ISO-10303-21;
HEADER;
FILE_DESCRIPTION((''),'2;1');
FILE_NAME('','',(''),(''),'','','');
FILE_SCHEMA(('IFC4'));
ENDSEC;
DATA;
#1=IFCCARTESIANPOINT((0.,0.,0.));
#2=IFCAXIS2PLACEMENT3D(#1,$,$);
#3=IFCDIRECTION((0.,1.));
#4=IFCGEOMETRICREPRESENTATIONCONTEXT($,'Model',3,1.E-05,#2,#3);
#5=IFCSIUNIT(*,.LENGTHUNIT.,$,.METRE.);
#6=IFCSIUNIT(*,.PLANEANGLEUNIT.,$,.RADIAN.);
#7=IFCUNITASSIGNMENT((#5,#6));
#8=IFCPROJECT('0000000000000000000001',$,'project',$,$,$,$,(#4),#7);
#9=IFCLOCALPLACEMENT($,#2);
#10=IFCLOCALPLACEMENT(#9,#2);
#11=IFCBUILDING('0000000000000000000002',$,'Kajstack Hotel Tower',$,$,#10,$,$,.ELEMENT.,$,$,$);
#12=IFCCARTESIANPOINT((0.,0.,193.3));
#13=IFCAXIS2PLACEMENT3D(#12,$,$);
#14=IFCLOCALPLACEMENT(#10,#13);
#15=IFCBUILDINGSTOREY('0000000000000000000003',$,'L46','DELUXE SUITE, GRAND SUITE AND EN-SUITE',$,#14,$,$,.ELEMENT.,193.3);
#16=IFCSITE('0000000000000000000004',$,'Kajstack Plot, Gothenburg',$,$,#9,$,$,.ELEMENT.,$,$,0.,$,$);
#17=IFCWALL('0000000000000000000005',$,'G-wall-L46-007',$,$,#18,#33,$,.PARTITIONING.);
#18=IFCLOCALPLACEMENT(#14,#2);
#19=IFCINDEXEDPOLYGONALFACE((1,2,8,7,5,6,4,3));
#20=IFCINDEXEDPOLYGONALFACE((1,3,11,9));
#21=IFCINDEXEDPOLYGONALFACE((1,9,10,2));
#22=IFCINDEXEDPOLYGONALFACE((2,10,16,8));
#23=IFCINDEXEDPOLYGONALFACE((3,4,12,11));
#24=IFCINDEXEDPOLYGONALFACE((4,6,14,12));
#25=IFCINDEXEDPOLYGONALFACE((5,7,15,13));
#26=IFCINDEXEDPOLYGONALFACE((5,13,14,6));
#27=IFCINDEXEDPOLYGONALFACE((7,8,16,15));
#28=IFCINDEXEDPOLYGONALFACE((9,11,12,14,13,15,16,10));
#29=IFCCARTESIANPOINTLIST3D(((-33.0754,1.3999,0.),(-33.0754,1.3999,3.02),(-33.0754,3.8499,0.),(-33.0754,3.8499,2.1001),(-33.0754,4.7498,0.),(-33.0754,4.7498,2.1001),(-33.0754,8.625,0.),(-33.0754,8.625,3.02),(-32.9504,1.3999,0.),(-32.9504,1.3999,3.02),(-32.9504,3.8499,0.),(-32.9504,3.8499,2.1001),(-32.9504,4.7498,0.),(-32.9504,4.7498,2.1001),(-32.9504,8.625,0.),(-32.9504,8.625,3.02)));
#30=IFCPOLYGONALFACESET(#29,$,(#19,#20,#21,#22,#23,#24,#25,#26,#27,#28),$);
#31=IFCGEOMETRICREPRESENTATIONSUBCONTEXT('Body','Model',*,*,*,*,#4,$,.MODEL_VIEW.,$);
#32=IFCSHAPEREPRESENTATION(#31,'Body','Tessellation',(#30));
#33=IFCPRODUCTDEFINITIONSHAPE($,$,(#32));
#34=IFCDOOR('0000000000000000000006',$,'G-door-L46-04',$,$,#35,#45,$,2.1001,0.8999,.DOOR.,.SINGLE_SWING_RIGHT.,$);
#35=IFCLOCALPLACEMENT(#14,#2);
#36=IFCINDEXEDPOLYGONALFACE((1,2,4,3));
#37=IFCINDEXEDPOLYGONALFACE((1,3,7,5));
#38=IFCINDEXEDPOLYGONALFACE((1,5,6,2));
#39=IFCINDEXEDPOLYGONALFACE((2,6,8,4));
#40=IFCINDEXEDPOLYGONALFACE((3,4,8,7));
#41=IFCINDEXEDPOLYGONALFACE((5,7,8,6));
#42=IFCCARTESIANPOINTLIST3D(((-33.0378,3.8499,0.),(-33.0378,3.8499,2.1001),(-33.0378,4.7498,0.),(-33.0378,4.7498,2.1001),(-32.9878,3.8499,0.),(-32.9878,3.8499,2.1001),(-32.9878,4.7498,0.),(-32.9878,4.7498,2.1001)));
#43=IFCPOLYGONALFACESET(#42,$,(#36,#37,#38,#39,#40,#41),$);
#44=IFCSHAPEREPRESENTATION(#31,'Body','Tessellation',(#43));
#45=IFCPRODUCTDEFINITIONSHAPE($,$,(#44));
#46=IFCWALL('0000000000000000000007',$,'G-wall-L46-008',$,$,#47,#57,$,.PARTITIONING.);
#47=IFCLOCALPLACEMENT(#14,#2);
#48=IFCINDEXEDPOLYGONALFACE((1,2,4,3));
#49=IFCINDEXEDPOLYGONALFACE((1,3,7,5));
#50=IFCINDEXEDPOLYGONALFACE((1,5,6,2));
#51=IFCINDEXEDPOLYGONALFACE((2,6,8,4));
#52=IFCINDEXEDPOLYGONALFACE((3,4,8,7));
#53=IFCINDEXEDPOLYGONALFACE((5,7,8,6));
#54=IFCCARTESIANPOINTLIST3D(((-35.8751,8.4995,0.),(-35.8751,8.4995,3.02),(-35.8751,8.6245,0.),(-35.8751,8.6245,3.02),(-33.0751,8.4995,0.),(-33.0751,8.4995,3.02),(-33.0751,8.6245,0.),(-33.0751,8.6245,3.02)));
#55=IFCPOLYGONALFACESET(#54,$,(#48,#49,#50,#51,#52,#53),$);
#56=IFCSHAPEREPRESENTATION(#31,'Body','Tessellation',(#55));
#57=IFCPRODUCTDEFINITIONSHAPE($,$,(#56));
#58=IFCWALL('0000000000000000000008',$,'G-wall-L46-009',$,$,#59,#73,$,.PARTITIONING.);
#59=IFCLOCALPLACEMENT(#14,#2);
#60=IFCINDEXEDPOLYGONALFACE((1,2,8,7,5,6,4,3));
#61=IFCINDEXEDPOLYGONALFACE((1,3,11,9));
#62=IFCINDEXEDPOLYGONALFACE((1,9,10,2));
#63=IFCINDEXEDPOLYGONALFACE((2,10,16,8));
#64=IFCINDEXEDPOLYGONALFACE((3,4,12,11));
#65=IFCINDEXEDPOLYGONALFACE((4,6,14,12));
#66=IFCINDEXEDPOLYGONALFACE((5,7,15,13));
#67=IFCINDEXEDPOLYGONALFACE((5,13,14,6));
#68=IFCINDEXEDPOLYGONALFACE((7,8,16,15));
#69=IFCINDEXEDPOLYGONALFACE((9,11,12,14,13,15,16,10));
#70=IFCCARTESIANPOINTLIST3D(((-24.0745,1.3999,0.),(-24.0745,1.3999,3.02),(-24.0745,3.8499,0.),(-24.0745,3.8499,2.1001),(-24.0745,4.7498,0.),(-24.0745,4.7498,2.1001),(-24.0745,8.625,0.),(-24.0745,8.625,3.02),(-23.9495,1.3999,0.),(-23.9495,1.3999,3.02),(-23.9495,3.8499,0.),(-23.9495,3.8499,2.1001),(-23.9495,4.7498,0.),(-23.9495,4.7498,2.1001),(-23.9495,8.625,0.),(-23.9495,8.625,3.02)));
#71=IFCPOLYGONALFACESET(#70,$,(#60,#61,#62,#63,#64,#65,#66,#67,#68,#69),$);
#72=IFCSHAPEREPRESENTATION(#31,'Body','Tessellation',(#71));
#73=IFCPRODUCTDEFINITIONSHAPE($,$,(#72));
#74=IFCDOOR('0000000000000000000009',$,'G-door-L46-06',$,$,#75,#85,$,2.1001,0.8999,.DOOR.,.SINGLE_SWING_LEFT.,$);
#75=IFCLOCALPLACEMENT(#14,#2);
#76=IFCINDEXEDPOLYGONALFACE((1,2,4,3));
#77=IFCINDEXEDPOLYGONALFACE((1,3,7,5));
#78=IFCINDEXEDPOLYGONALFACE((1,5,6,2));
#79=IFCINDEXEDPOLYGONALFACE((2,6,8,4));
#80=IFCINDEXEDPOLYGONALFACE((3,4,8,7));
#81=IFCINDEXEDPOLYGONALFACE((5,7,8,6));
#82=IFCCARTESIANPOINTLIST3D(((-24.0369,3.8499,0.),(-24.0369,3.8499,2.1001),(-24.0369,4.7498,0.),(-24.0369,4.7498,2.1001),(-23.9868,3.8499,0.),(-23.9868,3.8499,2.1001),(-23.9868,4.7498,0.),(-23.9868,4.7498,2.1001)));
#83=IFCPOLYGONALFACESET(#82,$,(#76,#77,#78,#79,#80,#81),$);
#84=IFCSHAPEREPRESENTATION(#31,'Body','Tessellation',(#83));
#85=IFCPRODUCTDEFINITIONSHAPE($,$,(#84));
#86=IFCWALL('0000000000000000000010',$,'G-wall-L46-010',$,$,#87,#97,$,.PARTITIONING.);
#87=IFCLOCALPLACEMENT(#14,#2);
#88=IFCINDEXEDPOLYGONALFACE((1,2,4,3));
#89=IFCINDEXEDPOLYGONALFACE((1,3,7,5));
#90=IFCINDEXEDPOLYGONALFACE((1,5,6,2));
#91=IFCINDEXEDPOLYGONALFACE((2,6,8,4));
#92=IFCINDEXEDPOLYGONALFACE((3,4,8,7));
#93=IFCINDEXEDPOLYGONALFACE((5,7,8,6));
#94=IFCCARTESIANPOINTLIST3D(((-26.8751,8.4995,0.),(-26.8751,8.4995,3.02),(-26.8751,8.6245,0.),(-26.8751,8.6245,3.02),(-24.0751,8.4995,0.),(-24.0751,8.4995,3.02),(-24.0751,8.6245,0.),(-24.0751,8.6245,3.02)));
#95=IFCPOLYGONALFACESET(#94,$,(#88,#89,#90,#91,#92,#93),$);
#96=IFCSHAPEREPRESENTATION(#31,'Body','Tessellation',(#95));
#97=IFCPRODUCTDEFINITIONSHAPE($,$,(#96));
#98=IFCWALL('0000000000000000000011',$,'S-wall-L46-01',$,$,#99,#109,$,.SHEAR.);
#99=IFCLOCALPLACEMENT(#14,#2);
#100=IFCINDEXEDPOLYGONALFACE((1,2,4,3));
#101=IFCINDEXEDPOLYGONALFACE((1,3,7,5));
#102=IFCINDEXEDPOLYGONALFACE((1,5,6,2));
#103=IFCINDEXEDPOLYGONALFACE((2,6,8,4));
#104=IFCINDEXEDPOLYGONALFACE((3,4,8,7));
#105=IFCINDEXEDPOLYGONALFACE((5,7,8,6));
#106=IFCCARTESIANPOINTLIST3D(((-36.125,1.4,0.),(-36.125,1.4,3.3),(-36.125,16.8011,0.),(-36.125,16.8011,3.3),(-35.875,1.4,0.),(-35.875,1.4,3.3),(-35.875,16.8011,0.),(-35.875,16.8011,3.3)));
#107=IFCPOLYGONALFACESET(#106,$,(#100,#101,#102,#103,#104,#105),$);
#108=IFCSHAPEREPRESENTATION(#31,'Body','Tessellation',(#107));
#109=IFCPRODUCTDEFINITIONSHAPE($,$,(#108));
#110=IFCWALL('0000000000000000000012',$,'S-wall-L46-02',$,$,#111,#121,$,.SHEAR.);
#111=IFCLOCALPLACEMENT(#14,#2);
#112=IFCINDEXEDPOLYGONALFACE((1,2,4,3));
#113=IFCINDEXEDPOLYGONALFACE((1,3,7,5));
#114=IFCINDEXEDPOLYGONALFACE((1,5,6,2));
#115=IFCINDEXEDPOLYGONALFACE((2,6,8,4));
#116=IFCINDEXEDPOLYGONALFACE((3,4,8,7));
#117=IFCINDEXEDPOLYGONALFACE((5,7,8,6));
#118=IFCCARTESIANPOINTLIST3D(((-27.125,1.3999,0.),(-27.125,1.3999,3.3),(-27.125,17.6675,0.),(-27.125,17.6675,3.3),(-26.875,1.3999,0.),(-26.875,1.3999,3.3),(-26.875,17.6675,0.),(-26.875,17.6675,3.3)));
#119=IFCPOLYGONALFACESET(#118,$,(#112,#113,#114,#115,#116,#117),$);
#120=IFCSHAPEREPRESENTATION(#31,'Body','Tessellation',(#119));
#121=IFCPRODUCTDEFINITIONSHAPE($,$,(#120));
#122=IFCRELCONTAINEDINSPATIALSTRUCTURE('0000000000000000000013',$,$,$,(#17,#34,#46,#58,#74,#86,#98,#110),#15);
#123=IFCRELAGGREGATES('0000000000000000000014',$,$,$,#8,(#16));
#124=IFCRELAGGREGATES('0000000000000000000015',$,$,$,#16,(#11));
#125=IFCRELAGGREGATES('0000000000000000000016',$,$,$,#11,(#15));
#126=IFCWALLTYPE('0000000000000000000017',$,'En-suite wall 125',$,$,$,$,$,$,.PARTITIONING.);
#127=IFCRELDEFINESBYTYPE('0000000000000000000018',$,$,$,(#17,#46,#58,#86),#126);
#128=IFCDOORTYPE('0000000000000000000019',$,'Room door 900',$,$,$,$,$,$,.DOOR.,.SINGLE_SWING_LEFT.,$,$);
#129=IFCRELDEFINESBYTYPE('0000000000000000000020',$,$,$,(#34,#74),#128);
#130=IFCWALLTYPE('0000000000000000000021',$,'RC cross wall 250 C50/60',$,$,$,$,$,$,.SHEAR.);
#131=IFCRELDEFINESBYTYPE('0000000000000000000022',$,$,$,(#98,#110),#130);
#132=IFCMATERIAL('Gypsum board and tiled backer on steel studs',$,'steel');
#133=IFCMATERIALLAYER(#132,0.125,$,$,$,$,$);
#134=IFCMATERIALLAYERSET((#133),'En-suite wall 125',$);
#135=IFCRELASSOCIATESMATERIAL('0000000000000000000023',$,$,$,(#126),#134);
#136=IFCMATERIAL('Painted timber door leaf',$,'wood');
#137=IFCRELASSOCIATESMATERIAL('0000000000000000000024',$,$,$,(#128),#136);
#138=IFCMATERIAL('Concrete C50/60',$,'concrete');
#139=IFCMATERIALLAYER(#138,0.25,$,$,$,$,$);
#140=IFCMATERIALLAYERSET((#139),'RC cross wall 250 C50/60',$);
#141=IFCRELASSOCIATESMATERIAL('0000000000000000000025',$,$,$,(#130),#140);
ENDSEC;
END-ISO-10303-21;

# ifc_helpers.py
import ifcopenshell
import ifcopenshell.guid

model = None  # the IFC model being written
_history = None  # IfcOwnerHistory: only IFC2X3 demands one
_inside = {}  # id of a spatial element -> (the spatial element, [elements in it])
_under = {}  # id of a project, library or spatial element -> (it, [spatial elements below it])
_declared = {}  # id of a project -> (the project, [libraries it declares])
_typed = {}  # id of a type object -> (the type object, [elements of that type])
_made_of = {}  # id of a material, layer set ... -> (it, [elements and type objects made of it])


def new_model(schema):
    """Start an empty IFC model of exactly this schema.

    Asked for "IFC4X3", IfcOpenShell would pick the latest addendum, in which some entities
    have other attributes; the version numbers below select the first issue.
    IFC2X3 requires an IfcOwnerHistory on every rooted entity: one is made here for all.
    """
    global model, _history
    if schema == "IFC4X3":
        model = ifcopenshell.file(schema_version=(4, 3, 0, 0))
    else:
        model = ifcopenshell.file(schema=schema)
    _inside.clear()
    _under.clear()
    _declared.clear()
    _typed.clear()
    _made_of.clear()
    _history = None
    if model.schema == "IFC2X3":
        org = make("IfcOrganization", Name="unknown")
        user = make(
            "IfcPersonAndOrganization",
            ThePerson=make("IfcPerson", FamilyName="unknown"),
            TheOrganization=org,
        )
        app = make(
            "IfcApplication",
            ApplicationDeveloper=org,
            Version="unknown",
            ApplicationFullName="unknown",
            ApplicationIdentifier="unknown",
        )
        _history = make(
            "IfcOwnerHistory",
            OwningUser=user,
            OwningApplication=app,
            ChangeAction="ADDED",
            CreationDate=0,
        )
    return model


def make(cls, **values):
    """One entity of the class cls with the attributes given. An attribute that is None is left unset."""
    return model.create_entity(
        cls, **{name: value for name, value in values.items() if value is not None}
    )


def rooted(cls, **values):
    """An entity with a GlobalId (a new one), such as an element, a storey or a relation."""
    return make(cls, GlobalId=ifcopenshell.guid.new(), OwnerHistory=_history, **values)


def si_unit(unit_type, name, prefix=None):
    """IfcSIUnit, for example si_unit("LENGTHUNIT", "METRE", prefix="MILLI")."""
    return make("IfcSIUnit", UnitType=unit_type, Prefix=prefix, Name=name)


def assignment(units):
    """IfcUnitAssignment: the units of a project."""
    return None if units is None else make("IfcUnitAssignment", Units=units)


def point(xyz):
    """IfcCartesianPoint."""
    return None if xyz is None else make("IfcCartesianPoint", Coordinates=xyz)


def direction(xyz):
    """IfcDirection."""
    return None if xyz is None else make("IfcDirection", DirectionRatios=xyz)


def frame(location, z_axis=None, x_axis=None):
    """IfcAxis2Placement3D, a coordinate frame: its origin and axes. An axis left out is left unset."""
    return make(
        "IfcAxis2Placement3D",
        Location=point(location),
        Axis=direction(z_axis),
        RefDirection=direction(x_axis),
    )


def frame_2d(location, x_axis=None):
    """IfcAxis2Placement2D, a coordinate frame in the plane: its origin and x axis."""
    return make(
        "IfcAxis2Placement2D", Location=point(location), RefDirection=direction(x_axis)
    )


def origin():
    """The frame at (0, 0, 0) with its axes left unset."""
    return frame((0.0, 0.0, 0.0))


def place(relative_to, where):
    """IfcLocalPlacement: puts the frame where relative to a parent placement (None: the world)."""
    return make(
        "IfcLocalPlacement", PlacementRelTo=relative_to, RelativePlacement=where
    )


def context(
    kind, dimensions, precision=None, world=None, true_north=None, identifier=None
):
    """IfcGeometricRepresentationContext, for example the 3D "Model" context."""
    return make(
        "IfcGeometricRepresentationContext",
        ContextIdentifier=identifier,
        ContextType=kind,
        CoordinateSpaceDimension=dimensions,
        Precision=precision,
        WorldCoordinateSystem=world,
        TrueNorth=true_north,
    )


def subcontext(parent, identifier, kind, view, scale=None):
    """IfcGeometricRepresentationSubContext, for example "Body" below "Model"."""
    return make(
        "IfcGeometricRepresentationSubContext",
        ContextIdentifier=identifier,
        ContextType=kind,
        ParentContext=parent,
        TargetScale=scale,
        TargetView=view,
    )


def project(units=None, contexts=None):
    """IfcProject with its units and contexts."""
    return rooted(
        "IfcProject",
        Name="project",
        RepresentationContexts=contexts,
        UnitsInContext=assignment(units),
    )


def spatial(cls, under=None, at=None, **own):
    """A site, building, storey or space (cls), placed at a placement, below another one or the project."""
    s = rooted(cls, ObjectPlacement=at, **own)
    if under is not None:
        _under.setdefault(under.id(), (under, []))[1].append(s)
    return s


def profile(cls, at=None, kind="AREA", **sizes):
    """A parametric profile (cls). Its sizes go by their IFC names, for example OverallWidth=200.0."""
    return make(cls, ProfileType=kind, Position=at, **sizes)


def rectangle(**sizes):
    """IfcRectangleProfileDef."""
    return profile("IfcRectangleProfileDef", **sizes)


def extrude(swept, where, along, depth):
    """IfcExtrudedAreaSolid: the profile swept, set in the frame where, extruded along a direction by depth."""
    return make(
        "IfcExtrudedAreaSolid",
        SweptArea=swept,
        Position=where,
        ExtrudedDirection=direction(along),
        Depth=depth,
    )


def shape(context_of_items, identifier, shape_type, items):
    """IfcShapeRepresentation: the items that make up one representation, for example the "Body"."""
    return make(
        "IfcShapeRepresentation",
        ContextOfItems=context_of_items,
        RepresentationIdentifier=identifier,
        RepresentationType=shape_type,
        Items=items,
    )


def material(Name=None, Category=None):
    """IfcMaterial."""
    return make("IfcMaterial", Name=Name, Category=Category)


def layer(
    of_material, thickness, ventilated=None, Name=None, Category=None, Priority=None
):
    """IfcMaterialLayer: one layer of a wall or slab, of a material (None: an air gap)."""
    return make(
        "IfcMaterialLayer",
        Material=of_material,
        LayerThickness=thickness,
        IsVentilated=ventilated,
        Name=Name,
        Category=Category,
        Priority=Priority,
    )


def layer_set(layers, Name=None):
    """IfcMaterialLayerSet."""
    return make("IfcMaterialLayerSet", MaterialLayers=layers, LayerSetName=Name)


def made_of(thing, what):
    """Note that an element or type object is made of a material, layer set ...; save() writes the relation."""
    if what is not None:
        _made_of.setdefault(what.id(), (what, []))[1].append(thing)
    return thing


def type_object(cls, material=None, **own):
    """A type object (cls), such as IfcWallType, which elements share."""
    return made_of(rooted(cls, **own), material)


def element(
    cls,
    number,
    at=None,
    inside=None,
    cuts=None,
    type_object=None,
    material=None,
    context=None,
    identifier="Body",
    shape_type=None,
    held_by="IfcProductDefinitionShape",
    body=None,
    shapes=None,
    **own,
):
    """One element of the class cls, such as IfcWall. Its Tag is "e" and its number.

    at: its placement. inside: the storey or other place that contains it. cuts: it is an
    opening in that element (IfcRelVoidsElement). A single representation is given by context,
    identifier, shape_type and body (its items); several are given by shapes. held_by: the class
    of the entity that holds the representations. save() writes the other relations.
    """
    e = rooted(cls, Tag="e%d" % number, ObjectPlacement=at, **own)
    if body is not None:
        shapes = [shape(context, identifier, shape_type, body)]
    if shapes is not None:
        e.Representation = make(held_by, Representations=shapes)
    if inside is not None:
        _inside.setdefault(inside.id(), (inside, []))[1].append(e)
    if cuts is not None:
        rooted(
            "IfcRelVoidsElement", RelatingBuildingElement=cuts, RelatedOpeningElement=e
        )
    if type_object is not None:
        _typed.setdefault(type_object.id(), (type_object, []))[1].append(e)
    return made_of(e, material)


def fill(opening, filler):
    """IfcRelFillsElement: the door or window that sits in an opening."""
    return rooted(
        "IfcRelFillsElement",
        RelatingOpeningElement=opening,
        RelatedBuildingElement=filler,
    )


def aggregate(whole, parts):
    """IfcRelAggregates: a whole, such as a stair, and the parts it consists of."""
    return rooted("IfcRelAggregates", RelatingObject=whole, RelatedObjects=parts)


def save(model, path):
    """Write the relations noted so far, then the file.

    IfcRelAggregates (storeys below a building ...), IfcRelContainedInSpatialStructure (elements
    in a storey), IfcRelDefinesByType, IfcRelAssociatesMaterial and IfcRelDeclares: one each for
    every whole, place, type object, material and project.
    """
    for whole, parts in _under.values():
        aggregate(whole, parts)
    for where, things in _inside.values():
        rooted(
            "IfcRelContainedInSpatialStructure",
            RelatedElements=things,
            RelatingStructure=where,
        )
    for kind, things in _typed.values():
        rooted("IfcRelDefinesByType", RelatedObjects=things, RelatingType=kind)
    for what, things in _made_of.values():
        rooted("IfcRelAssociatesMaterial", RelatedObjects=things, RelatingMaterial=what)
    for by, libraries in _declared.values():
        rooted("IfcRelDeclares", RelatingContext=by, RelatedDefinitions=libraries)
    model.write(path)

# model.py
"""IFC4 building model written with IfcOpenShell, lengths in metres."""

from ifc_helpers import new_model, si_unit, direction, frame, frame_2d, origin, place, context, subcontext, project, spatial, rectangle, extrude, material, layer, layer_set, type_object, element, fill, save


model = new_model("IFC4")

# Units and contexts
model_context = context("Model", 3, precision=1e-05, world=origin(), true_north=direction((0.0, 1.0)))
body_context = subcontext(model_context, "Body", "Model", "MODEL_VIEW")
ifc_project = project(units=[si_unit("LENGTHUNIT", "METRE"), si_unit("PLANEANGLEUNIT", "RADIAN")], contexts=[model_context])

# Site, building, storey
site_placement = place(None, origin())
site = spatial("IfcSite", under=ifc_project, at=site_placement, Name="Kajstack Plot, Gothenburg", CompositionType="ELEMENT", RefElevation=0.0)
building_placement = place(site_placement, origin())
building = spatial("IfcBuilding", under=site, at=building_placement, Name="Kajstack Hotel Tower", CompositionType="ELEMENT")
storey_placement = place(building_placement, frame((0.0, 0.0, 193.3)))
storey = spatial("IfcBuildingStorey", under=building, at=storey_placement, Name="L46", Description="DELUXE SUITE, GRAND SUITE AND EN-SUITE", CompositionType="ELEMENT", Elevation=193.3)

# Shared definitions
ifc_material_1 = material(Name="Gypsum board and tiled backer on steel studs", Category="steel")
ifc_layer_1 = layer(ifc_material_1, 0.125)
ifc_layer_set_1 = layer_set([ifc_layer_1], Name="En-suite wall 125")
wall_type_1 = type_object("IfcWallType", Name="En-suite wall 125", PredefinedType="PARTITIONING", material=ifc_layer_set_1)

# Wall, opening, door
wall_1_placement = place(storey_placement, frame((-33.0129, 1.3999, 0.0), z_axis=(0.0, 0.0, 1.0), x_axis=(0.0, 1.0, 0.0)))
wall_1 = element("IfcWall", 1, at=wall_1_placement, inside=storey, type_object=wall_type_1, Name="G-wall-L46-007", PredefinedType="PARTITIONING", context=body_context, shape_type="SweptSolid", body=[
    extrude(rectangle(XDim=7.2251, YDim=0.125, at=frame_2d((3.6125, 0.0))), origin(), (0.0, 0.0, 1.0), 3.02),
])
opening_1_placement = place(wall_1_placement, frame((2.45, 0.0, 0.0)))
opening_1 = element("IfcOpeningElement", 2, at=opening_1_placement, cuts=wall_1, PredefinedType="OPENING", context=body_context, shape_type="SweptSolid", body=[
    extrude(rectangle(XDim=0.8999, YDim=2.1001, at=frame_2d((0.45, 1.05))), frame((0.0, 0.0725, 0.0), z_axis=(0.0, -1.0, 0.0), x_axis=(1.0, 0.0, 0.0)), (0.0, 0.0, 1.0), 0.145),
])
ifc_material_2 = material(Name="Painted timber door leaf", Category="wood")
door_type = type_object("IfcDoorType", Name="Room door 900", OperationType="SINGLE_SWING_LEFT", PredefinedType="DOOR", material=ifc_material_2)
door_1_placement = place(opening_1_placement, origin())
door_1 = element("IfcDoor", 3, at=door_1_placement, inside=storey, type_object=door_type, Name="G-door-L46-04", OperationType="SINGLE_SWING_RIGHT", OverallHeight=2.1001, OverallWidth=0.8999, PredefinedType="DOOR", context=body_context, shape_type="SweptSolid", body=[
    extrude(rectangle(XDim=0.8999, YDim=2.1001, at=frame_2d((0.45, 1.05))), frame((0.0, 0.0249, 0.0), z_axis=(0.0, -1.0, 0.0), x_axis=(1.0, 0.0, 0.0)), (0.0, 0.0, 1.0), 0.05),
])
fill(opening_1, door_1)

# Wall
wall_2_placement = place(storey_placement, frame((-35.875, 8.562, 0.0), z_axis=(0.0, 0.0, 1.0), x_axis=(1.0, 0.0, 0.0)))
element("IfcWall", 4, at=wall_2_placement, inside=storey, type_object=wall_type_1, Name="G-wall-L46-008", PredefinedType="PARTITIONING", context=body_context, shape_type="SweptSolid", body=[
    extrude(rectangle(XDim=2.8, YDim=0.125, at=frame_2d((1.3999, 0.0))), origin(), (0.0, 0.0, 1.0), 3.02),
])

# Wall, opening, door
wall_3_placement = place(storey_placement, frame((-24.012, 1.3999, 0.0), z_axis=(0.0, 0.0, 1.0), x_axis=(0.0, 1.0, 0.0)))
wall_3 = element("IfcWall", 5, at=wall_3_placement, inside=storey, type_object=wall_type_1, Name="G-wall-L46-009", PredefinedType="PARTITIONING", context=body_context, shape_type="SweptSolid", body=[
    extrude(rectangle(XDim=7.2251, YDim=0.125, at=frame_2d((3.6125, 0.0))), origin(), (0.0, 0.0, 1.0), 3.02),
])
opening_2_placement = place(wall_3_placement, frame((2.45, 0.0, 0.0)))
opening_2 = element("IfcOpeningElement", 6, at=opening_2_placement, cuts=wall_3, PredefinedType="OPENING", context=body_context, shape_type="SweptSolid", body=[
    extrude(rectangle(XDim=0.8999, YDim=2.1001, at=frame_2d((0.45, 1.05))), frame((0.0, 0.0725, 0.0), z_axis=(0.0, -1.0, 0.0), x_axis=(1.0, 0.0, 0.0)), (0.0, 0.0, 1.0), 0.145),
])
door_2_placement = place(opening_2_placement, origin())
door_2 = element("IfcDoor", 7, at=door_2_placement, inside=storey, type_object=door_type, Name="G-door-L46-06", OperationType="SINGLE_SWING_LEFT", OverallHeight=2.1001, OverallWidth=0.8999, PredefinedType="DOOR", context=body_context, shape_type="SweptSolid", body=[
    extrude(rectangle(XDim=0.8999, YDim=2.1001, at=frame_2d((0.45, 1.05))), frame((0.0, 0.0249, 0.0), z_axis=(0.0, -1.0, 0.0), x_axis=(1.0, 0.0, 0.0)), (0.0, 0.0, 1.0), 0.05),
])
fill(opening_2, door_2)

# Walls
wall_4_placement = place(storey_placement, frame((-26.875, 8.562, 0.0), z_axis=(0.0, 0.0, 1.0), x_axis=(1.0, 0.0, 0.0)))
element("IfcWall", 8, at=wall_4_placement, inside=storey, type_object=wall_type_1, Name="G-wall-L46-010", PredefinedType="PARTITIONING", context=body_context, shape_type="SweptSolid", body=[
    extrude(rectangle(XDim=2.8, YDim=0.125, at=frame_2d((1.3999, 0.0))), origin(), (0.0, 0.0, 1.0), 3.02),
])
ifc_material_3 = material(Name="Concrete C50/60", Category="concrete")
ifc_layer_2 = layer(ifc_material_3, 0.25)
ifc_layer_set_2 = layer_set([ifc_layer_2], Name="RC cross wall 250 C50/60")
wall_type_2 = type_object("IfcWallType", Name="RC cross wall 250 C50/60", PredefinedType="SHEAR", material=ifc_layer_set_2)
wall_5_placement = place(storey_placement, frame((-36.0, 1.3999, 0.0), z_axis=(0.0, 0.0, 1.0), x_axis=(0.0, 1.0, 0.0)))
element("IfcWall", 9, at=wall_5_placement, inside=storey, type_object=wall_type_2, Name="S-wall-L46-01", PredefinedType="SHEAR", context=body_context, shape_type="SweptSolid", body=[
    extrude(rectangle(XDim=15.4011, YDim=0.25, at=frame_2d((7.7007, 0.0))), origin(), (0.0, 0.0, 1.0), 3.3),
])
wall_6_placement = place(storey_placement, frame((-27.0, 1.3999, 0.0), z_axis=(0.0, 0.0, 1.0), x_axis=(0.0, 1.0, 0.0)))
element("IfcWall", 10, at=wall_6_placement, inside=storey, type_object=wall_type_2, Name="S-wall-L46-02", PredefinedType="SHEAR", context=body_context, shape_type="SweptSolid", body=[
    extrude(rectangle(XDim=16.2676, YDim=0.25, at=frame_2d((8.1338, 0.0))), origin(), (0.0, 0.0, 1.0), 3.3),
])

save(model, "model.ifc")
